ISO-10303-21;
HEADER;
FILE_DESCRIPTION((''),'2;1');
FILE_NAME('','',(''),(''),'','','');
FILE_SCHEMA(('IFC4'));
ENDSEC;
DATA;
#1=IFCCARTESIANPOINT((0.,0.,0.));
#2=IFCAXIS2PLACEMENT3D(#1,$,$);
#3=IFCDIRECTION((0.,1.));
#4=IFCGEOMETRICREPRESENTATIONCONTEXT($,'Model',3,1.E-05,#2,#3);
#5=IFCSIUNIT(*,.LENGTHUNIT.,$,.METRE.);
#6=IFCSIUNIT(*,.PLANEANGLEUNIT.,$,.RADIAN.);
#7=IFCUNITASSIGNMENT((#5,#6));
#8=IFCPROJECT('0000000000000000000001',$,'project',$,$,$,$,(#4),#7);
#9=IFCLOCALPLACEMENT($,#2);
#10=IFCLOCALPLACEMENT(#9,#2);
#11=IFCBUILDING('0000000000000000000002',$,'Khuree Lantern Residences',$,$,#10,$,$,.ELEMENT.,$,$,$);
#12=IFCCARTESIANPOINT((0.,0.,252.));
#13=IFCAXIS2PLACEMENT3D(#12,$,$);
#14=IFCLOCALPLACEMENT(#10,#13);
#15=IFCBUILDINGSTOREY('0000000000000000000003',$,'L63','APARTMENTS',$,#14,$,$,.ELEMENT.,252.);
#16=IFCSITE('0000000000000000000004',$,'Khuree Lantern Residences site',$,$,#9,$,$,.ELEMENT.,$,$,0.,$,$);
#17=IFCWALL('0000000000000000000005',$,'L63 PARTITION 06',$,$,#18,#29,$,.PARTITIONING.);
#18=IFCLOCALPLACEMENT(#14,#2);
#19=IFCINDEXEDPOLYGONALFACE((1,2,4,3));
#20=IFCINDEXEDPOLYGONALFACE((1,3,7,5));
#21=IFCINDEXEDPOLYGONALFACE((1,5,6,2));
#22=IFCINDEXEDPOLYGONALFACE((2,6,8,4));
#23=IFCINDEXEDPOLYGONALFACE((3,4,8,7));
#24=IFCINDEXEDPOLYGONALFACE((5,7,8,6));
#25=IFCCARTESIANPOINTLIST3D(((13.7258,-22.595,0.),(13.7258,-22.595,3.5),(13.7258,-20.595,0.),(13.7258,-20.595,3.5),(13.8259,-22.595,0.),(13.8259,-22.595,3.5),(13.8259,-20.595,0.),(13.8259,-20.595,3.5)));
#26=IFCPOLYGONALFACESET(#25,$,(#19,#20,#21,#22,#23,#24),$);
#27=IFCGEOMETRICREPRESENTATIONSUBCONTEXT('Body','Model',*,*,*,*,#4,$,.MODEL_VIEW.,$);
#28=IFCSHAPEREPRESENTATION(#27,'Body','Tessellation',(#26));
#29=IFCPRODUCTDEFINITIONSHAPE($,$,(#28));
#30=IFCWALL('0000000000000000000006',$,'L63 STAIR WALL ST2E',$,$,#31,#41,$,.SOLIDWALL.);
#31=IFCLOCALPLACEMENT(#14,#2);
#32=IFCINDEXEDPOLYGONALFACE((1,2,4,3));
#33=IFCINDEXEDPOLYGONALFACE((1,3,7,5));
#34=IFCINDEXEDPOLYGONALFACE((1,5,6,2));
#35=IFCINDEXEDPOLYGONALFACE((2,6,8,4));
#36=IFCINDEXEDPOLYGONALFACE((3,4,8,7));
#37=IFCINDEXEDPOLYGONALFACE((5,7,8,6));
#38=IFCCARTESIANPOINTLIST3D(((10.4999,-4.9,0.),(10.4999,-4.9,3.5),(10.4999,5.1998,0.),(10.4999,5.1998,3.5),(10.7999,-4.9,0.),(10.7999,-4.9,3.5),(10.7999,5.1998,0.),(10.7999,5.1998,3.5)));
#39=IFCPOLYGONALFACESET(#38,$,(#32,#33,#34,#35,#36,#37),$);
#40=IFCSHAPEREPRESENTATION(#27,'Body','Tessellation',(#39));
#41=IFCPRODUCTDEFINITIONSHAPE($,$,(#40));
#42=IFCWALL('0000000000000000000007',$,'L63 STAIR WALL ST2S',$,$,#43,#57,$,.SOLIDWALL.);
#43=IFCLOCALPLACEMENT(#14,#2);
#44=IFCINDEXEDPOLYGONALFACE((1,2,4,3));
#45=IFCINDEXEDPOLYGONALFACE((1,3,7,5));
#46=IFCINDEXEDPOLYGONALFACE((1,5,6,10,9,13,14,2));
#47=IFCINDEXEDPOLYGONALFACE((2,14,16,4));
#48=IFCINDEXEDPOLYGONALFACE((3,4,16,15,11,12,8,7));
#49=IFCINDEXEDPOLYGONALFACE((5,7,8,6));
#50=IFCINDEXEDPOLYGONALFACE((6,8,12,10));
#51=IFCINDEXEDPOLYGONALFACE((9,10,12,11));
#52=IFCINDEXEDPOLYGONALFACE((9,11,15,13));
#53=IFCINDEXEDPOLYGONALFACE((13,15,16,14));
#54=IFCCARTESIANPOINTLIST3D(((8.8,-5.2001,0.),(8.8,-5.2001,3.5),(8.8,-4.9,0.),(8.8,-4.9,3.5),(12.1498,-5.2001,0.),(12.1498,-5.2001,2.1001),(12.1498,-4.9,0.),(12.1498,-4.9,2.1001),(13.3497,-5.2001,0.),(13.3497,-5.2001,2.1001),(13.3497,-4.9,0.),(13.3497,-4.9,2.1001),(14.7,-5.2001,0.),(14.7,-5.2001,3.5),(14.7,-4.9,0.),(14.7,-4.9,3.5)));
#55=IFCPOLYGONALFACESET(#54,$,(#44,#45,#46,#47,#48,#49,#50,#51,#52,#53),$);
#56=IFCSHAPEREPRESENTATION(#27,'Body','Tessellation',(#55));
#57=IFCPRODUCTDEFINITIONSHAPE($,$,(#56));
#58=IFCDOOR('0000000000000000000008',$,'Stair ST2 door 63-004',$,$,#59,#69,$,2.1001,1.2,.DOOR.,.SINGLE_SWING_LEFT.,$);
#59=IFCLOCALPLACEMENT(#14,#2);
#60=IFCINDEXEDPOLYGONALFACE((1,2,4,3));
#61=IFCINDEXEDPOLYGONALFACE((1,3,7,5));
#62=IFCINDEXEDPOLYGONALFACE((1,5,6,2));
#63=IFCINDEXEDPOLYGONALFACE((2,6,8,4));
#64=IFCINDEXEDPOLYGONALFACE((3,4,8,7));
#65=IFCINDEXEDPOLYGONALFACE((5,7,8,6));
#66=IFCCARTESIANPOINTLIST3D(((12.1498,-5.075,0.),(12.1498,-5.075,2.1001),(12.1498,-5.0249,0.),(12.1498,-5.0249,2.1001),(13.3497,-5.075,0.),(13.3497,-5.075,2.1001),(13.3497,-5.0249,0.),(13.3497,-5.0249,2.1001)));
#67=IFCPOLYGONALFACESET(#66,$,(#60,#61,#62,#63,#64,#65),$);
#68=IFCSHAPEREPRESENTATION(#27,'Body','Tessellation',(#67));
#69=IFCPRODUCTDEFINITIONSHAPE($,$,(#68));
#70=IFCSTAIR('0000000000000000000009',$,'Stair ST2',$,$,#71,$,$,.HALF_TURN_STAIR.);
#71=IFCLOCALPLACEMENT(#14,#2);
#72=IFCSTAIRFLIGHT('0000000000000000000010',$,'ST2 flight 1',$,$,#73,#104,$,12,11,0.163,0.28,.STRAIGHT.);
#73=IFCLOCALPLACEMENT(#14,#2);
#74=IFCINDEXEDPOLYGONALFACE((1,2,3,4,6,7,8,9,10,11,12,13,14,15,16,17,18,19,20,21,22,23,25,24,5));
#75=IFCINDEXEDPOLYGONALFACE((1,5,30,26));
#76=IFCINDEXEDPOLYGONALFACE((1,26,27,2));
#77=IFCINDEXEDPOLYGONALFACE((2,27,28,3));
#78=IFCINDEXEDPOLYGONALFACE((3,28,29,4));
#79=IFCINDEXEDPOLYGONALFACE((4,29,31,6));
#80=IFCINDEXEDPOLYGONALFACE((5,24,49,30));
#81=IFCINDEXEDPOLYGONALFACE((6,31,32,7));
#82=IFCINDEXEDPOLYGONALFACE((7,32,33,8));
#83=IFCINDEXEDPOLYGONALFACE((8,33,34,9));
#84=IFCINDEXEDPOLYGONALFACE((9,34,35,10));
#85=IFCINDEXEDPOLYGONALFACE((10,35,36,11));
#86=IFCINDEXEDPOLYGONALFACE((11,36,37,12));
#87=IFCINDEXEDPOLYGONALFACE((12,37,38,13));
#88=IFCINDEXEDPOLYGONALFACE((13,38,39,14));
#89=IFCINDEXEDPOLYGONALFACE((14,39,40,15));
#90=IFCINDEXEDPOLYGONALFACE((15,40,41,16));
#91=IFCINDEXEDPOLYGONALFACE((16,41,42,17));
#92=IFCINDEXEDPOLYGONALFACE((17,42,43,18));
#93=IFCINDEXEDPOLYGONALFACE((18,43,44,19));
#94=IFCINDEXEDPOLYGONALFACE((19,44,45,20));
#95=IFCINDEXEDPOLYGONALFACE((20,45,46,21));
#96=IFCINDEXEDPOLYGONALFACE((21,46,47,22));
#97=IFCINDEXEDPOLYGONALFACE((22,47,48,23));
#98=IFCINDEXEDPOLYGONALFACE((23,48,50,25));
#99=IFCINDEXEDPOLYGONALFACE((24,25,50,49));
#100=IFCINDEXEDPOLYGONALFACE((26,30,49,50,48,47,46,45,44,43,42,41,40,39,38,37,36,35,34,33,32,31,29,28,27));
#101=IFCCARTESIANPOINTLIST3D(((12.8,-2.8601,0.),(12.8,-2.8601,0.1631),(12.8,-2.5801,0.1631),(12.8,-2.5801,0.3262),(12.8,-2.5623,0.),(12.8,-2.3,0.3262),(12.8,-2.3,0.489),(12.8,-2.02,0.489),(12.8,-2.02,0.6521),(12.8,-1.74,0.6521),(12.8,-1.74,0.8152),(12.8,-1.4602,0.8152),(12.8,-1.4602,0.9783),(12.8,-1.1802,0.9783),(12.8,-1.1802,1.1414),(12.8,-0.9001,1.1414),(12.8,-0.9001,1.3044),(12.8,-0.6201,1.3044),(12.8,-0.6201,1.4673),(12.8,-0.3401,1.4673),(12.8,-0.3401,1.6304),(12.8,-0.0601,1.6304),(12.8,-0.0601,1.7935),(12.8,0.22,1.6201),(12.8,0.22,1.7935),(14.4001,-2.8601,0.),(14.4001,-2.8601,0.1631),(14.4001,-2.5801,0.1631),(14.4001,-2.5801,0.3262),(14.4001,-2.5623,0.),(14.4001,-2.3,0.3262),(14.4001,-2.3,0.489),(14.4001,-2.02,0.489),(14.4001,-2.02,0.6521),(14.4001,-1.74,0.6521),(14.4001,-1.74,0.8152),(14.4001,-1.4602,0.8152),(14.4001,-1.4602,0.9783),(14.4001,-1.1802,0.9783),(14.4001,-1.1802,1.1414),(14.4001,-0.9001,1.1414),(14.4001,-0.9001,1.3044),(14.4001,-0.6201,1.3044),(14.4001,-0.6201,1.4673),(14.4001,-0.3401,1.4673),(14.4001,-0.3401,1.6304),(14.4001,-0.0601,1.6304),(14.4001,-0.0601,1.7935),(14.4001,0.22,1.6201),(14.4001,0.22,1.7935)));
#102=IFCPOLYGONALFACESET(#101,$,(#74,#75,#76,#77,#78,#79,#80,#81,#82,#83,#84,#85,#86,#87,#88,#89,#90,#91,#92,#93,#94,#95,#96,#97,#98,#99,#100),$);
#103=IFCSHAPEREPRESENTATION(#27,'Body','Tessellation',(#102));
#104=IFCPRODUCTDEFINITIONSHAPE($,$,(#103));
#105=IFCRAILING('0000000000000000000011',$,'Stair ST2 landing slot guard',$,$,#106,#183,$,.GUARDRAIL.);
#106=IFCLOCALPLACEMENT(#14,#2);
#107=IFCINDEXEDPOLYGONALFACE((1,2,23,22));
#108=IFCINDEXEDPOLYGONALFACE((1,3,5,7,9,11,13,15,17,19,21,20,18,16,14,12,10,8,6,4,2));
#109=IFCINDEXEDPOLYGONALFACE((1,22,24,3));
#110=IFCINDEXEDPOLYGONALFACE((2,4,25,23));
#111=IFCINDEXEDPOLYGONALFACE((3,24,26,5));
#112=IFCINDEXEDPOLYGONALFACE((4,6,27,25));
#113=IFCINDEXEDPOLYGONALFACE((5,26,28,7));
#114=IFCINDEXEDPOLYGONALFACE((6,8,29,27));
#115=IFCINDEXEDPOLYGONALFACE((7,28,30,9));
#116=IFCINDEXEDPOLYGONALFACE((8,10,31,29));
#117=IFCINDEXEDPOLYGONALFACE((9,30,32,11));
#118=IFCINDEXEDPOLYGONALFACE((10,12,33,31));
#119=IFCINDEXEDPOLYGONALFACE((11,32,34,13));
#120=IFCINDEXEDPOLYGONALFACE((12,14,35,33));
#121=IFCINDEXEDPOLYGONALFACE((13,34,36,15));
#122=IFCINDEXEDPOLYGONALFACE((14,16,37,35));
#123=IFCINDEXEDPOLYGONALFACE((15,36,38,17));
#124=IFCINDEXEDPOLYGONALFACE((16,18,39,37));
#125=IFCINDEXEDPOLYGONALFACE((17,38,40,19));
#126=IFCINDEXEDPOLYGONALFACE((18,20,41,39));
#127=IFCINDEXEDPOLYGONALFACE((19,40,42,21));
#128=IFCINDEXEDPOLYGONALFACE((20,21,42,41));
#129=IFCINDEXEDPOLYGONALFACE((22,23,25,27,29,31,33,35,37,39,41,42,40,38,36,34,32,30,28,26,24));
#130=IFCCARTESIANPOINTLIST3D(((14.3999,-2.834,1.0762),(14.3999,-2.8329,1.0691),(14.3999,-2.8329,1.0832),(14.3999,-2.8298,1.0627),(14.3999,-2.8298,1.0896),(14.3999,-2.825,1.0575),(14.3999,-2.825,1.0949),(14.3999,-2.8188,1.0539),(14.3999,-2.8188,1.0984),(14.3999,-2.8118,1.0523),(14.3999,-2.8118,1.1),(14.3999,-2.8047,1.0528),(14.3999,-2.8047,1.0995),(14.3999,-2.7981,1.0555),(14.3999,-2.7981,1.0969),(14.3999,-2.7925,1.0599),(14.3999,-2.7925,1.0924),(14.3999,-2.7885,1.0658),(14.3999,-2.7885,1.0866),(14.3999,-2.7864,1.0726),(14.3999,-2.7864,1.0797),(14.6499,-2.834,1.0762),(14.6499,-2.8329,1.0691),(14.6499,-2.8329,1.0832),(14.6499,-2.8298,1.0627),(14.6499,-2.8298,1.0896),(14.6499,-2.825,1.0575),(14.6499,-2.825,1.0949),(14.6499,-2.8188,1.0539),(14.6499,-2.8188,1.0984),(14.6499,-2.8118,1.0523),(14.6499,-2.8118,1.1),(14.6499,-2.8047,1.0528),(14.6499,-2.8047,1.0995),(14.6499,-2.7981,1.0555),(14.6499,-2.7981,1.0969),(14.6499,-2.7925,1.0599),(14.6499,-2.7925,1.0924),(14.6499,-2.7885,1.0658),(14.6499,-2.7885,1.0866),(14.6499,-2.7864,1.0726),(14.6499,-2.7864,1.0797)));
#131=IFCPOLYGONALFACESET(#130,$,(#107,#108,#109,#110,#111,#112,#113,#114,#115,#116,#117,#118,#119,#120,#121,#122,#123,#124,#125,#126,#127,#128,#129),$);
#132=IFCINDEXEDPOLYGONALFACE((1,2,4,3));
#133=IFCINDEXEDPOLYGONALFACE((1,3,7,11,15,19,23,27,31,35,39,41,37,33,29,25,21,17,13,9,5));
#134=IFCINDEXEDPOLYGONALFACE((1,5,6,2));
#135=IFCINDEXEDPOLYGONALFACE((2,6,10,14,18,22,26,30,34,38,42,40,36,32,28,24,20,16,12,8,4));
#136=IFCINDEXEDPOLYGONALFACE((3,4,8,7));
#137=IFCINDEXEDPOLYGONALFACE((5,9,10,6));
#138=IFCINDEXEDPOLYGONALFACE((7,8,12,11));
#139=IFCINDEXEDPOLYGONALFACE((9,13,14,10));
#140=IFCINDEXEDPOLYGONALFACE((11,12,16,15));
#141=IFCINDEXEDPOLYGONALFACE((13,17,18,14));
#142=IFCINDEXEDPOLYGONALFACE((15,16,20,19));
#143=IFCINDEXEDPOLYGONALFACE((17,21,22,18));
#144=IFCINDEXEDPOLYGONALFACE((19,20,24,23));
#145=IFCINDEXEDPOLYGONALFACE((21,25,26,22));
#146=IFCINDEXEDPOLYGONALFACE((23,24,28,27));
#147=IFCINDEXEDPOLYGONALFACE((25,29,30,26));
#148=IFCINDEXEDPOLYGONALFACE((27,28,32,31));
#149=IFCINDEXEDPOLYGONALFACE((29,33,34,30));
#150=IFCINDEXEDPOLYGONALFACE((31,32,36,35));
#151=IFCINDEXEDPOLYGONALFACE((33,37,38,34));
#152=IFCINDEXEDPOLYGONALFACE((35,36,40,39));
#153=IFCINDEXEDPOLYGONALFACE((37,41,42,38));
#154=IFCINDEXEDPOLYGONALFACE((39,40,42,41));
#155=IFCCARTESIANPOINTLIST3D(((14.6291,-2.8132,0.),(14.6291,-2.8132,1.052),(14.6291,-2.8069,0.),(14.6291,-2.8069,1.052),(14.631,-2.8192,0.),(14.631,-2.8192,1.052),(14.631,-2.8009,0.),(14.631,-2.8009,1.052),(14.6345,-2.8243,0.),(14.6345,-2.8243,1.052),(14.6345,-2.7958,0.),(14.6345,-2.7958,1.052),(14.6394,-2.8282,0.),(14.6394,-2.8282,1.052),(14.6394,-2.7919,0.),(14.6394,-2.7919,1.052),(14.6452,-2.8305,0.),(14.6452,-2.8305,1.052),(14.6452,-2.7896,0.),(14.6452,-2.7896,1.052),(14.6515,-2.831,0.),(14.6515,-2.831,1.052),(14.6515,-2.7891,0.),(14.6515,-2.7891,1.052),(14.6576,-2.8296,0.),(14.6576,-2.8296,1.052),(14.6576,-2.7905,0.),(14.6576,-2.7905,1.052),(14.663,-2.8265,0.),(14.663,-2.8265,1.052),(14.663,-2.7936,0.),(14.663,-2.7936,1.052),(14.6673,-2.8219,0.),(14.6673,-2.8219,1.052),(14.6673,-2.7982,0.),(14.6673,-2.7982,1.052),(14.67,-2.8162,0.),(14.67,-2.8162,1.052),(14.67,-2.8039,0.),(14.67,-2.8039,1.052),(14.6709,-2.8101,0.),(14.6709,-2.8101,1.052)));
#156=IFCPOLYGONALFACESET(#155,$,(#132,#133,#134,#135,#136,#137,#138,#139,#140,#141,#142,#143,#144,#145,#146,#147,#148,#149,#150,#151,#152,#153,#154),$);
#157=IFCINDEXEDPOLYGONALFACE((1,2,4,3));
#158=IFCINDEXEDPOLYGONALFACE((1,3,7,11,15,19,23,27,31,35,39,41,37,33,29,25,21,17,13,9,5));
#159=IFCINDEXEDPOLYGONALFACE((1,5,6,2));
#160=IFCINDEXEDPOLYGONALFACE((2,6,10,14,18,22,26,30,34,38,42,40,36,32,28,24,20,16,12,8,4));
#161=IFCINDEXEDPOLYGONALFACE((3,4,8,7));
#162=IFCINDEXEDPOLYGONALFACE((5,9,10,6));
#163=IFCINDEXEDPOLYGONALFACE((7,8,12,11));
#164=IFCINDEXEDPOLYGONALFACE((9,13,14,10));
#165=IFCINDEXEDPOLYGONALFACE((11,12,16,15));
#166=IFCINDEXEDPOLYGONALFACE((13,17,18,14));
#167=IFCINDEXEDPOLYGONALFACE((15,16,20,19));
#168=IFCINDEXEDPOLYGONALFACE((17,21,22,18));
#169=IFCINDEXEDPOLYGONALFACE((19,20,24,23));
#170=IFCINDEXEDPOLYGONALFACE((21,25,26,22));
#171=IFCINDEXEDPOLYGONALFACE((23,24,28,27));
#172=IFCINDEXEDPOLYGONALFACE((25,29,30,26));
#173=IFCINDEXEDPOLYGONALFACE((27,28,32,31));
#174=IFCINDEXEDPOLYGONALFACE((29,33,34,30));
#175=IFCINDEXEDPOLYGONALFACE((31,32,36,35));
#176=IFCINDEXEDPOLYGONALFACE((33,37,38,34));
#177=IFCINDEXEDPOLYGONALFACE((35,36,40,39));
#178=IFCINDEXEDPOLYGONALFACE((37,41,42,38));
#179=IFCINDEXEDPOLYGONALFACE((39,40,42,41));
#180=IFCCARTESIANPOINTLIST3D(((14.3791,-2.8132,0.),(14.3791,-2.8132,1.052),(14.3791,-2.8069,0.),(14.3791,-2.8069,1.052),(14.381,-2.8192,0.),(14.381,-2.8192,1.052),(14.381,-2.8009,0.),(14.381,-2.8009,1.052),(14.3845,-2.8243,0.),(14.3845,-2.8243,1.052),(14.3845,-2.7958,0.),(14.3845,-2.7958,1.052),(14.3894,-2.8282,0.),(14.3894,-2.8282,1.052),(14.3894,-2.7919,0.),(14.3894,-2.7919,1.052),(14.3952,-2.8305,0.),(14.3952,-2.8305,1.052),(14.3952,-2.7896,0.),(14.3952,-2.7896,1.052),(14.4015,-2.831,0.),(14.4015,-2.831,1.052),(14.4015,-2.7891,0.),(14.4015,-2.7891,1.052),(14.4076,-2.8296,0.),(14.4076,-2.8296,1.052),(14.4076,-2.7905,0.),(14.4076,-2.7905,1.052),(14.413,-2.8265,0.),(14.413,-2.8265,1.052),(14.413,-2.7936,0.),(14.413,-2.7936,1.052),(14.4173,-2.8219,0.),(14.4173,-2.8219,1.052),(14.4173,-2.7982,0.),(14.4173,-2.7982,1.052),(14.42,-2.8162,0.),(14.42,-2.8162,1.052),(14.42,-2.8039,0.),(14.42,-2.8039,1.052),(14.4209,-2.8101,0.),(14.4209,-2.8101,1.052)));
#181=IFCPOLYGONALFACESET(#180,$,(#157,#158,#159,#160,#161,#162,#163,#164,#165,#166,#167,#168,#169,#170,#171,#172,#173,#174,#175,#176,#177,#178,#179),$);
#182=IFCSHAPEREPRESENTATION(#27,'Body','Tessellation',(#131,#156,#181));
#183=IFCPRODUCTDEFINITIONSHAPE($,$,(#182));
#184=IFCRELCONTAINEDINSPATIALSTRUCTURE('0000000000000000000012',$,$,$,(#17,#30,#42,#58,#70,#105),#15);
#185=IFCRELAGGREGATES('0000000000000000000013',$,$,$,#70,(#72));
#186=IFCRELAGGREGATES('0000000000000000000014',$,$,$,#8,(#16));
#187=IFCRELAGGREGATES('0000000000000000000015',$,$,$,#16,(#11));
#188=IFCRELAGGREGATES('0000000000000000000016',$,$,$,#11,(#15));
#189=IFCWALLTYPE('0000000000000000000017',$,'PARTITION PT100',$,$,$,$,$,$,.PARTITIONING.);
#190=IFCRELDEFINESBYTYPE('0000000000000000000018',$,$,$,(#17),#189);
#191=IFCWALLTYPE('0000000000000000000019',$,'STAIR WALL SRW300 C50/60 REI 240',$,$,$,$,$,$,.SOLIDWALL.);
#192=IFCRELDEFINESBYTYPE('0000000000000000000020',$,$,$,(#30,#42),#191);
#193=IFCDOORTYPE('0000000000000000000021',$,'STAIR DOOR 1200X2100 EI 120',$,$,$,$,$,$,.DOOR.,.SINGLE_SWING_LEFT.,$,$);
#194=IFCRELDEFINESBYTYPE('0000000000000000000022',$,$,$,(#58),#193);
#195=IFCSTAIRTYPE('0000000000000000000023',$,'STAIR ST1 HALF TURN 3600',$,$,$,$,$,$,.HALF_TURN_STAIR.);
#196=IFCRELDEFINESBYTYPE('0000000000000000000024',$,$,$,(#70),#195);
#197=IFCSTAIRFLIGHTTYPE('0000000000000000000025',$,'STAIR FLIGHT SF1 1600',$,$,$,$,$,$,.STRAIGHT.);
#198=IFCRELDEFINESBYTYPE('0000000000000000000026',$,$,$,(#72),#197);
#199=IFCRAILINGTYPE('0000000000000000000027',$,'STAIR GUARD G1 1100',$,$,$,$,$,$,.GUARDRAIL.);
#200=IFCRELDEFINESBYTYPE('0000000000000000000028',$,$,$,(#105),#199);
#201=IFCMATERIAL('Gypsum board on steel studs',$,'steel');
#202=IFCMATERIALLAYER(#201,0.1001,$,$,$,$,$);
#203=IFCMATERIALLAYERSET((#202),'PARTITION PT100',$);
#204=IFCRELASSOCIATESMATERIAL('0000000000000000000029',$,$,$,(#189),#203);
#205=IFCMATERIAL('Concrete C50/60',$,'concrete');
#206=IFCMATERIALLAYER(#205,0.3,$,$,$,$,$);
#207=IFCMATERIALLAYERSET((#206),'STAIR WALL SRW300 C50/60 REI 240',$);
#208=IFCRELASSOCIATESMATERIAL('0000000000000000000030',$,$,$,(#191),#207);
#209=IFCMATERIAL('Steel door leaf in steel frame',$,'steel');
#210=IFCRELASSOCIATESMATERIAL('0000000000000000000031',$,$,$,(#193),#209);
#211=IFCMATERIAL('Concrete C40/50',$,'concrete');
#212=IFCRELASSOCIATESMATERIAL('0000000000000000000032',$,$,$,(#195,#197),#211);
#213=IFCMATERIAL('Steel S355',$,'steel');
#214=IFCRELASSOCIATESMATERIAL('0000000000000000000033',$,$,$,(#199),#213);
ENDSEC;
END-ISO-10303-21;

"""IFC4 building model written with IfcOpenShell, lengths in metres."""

from ifc_helpers import new_model, si_unit, direction, frame, frame_2d, origin, origin_2d, place, context, subcontext, project, spatial, polyline, rectangle, circle, outline, extrude, material, layer, layer_set, type_object, element, fill, aggregate, save


model = new_model("IFC4")

# Units and contexts
model_context = context("Model", 3, precision=1e-05, world=origin(), true_north=direction((0.0, 1.0)))
body_context = subcontext(model_context, "Body", "Model", "MODEL_VIEW")
ifc_project = project(units=[si_unit("LENGTHUNIT", "METRE"), si_unit("PLANEANGLEUNIT", "RADIAN")], contexts=[model_context])

# Site, building, storey
site_placement = place(None, origin())
site = spatial("IfcSite", under=ifc_project, at=site_placement, Name="Khuree Lantern Residences site", CompositionType="ELEMENT", RefElevation=0.0)
building_placement = place(site_placement, origin())
building = spatial("IfcBuilding", under=site, at=building_placement, Name="Khuree Lantern Residences", CompositionType="ELEMENT")
storey_placement = place(building_placement, frame((0.0, 0.0, 252.0)))
storey = spatial("IfcBuildingStorey", under=building, at=storey_placement, Name="L63", Description="APARTMENTS", CompositionType="ELEMENT", Elevation=252.0)

# Shared definitions
ifc_material_1 = material(Name="Concrete C50/60", Category="concrete")

# Shared definitions
ifc_material_2 = material(Name="Gypsum board on steel studs", Category="steel")

# Shared definitions
ifc_material_3 = material(Name="Steel door leaf in steel frame", Category="steel")

# Walls
ifc_layer_1 = layer(ifc_material_2, 0.1001)
ifc_layer_set_1 = layer_set([ifc_layer_1], Name="PARTITION PT100")
wall_type_1 = type_object("IfcWallType", Name="PARTITION PT100", PredefinedType="PARTITIONING", material=ifc_layer_set_1)
wall_1_placement = place(storey_placement, frame((13.7759, -20.595, 0.0), z_axis=(0.0, 0.0, 1.0), x_axis=(0.0, -1.0, 0.0)))
element("IfcWall", 1, at=wall_1_placement, inside=storey, type_object=wall_type_1, Name="L63 PARTITION 06", PredefinedType="PARTITIONING", context=body_context, shape_type="SweptSolid", body=[
    extrude(rectangle(XDim=2.0, YDim=0.1001, at=frame_2d((1.0, 0.0))), origin(), (0.0, 0.0, 1.0), 3.5),
])
ifc_layer_2 = layer(ifc_material_1, 0.3)
ifc_layer_set_2 = layer_set([ifc_layer_2], Name="STAIR WALL SRW300 C50/60 REI 240")
wall_type_2 = type_object("IfcWallType", Name="STAIR WALL SRW300 C50/60 REI 240", PredefinedType="SOLIDWALL", material=ifc_layer_set_2)
wall_2_placement = place(storey_placement, frame((10.6499, -4.8999, 0.0), z_axis=(0.0, 0.0, 1.0), x_axis=(0.0, 1.0, 0.0)))
element("IfcWall", 2, at=wall_2_placement, inside=storey, type_object=wall_type_2, Name="L63 STAIR WALL ST2E", PredefinedType="SOLIDWALL", context=body_context, shape_type="SweptSolid", body=[
    extrude(rectangle(XDim=10.0999, YDim=0.3, at=frame_2d((5.0498, 0.0))), origin(), (0.0, 0.0, 1.0), 3.5),
])

# Wall, opening, door
wall_3_placement = place(storey_placement, frame((14.7, -5.05, 0.0), z_axis=(0.0, 0.0, 1.0), x_axis=(-1.0, 0.0, 0.0)))
wall_3 = element("IfcWall", 3, at=wall_3_placement, inside=storey, type_object=wall_type_2, Name="L63 STAIR WALL ST2S", PredefinedType="SOLIDWALL", context=body_context, shape_type="SweptSolid", body=[
    extrude(rectangle(XDim=5.8999, YDim=0.3, at=frame_2d((2.95, 0.0))), origin(), (0.0, 0.0, 1.0), 3.5),
])
opening_1_placement = place(wall_3_placement, frame((1.3501, 0.0, 0.0)))
opening_1 = element("IfcOpeningElement", 4, at=opening_1_placement, cuts=wall_3, PredefinedType="OPENING", context=body_context, shape_type="SweptSolid", body=[
    extrude(rectangle(XDim=1.2, YDim=2.1001, at=frame_2d((0.6001, 1.05))), frame((0.0, 0.1602, 0.0), z_axis=(0.0, -1.0, 0.0), x_axis=(1.0, 0.0, 0.0)), (0.0, 0.0, 1.0), 0.3201),
])
door_type_1 = type_object("IfcDoorType", Name="STAIR DOOR 1200X2100 EI 120", OperationType="SINGLE_SWING_LEFT", PredefinedType="DOOR", material=ifc_material_3)
door_1_placement = place(opening_1_placement, origin())
door_1 = element("IfcDoor", 5, at=door_1_placement, inside=storey, type_object=door_type_1, Name="Stair ST2 door 63-004", OperationType="SINGLE_SWING_LEFT", OverallHeight=2.1001, OverallWidth=1.2, PredefinedType="DOOR", context=body_context, shape_type="SweptSolid", body=[
    extrude(rectangle(XDim=1.2, YDim=2.1001, at=frame_2d((0.6001, 1.05))), frame((0.0, 0.0249, 0.0), z_axis=(0.0, -1.0, 0.0), x_axis=(1.0, 0.0, 0.0)), (0.0, 0.0, 1.0), 0.05),
])
fill(opening_1, door_1)

# Stair, stair flight
ifc_material_4 = material(Name="Concrete C40/50", Category="concrete")
stair_type = type_object("IfcStairType", Name="STAIR ST1 HALF TURN 3600", PredefinedType="HALF_TURN_STAIR", material=ifc_material_4)
stair_placement = place(storey_placement, origin())
stair = element("IfcStair", 6, at=stair_placement, inside=storey, type_object=stair_type, Name="Stair ST2", PredefinedType="HALF_TURN_STAIR")
stair_flight_type = type_object("IfcStairFlightType", Name="STAIR FLIGHT SF1 1600", PredefinedType="STRAIGHT", material=ifc_material_4)
stair_flight_placement = place(storey_placement, frame((13.6001, -2.8601, 0.0), z_axis=(0.0, 0.0, 1.0), x_axis=(0.0, 1.0, 0.0)))
stair_flight = element("IfcStairFlight", 7, at=stair_flight_placement, type_object=stair_flight_type, Name="ST2 flight 1", NumberOfRisers=12, NumberOfTreads=11, PredefinedType="STRAIGHT", RiserHeight=0.163, TreadLength=0.28, context=body_context, shape_type="SweptSolid", body=[
    extrude(outline(polyline([(0.0, 0.0), (0.0, 0.1631), (0.28, 0.1631), (0.28, 0.3262), (0.5601, 0.3262), (0.5601, 0.489), (0.8401, 0.489), (0.8401, 0.6521), (1.1201, 0.6521), (1.1201, 0.8152), (1.3999, 0.8152), (1.3999, 0.9783), (1.6799, 0.9783), (1.6799, 1.1414), (1.96, 1.1414), (1.96, 1.3044), (2.24, 1.3044), (2.24, 1.4673), (2.52, 1.4673), (2.52, 1.6304), (2.8, 1.6304), (2.8, 1.7935), (3.0801, 1.7935), (3.0801, 1.9565), (3.0801, 1.6201), (0.2979, 0.0), (0.0, 0.0)])), frame((0.0, 0.8, 0.0), z_axis=(0.0, -1.0, 0.0), x_axis=(1.0, 0.0, 0.0)), (0.0, 0.0, 1.0), 1.6001),
])
aggregate(stair, [stair_flight])

# Railing
ifc_material_5 = material(Name="Steel S355", Category="steel")
railing_type_1 = type_object("IfcRailingType", Name="STAIR GUARD G1 1100", PredefinedType="GUARDRAIL", material=ifc_material_5)
railing_1_placement = place(storey_placement, frame((14.6499, -2.8101, 0.0)))
element("IfcRailing", 8, at=railing_1_placement, inside=storey, type_object=railing_type_1, Name="Stair ST2 landing slot guard", PredefinedType="GUARDRAIL", context=body_context, shape_type="SweptSolid", body=[
    extrude(circle(Radius=0.0239, at=origin_2d()), frame((0.0, 0.0, 1.0762), z_axis=(-1.0, 0.0, 0.0), x_axis=(0.0, -1.0, 0.0)), (0.0, 0.0, 1.0), 0.25),
    extrude(circle(Radius=0.021, at=origin_2d()), origin(), (0.0, 0.0, 1.0), 1.052),
    extrude(circle(Radius=0.021, at=origin_2d()), frame((-0.25, 0.0, 0.0)), (0.0, 0.0, 1.0), 1.052),
])

save(model, "model.ifc")
